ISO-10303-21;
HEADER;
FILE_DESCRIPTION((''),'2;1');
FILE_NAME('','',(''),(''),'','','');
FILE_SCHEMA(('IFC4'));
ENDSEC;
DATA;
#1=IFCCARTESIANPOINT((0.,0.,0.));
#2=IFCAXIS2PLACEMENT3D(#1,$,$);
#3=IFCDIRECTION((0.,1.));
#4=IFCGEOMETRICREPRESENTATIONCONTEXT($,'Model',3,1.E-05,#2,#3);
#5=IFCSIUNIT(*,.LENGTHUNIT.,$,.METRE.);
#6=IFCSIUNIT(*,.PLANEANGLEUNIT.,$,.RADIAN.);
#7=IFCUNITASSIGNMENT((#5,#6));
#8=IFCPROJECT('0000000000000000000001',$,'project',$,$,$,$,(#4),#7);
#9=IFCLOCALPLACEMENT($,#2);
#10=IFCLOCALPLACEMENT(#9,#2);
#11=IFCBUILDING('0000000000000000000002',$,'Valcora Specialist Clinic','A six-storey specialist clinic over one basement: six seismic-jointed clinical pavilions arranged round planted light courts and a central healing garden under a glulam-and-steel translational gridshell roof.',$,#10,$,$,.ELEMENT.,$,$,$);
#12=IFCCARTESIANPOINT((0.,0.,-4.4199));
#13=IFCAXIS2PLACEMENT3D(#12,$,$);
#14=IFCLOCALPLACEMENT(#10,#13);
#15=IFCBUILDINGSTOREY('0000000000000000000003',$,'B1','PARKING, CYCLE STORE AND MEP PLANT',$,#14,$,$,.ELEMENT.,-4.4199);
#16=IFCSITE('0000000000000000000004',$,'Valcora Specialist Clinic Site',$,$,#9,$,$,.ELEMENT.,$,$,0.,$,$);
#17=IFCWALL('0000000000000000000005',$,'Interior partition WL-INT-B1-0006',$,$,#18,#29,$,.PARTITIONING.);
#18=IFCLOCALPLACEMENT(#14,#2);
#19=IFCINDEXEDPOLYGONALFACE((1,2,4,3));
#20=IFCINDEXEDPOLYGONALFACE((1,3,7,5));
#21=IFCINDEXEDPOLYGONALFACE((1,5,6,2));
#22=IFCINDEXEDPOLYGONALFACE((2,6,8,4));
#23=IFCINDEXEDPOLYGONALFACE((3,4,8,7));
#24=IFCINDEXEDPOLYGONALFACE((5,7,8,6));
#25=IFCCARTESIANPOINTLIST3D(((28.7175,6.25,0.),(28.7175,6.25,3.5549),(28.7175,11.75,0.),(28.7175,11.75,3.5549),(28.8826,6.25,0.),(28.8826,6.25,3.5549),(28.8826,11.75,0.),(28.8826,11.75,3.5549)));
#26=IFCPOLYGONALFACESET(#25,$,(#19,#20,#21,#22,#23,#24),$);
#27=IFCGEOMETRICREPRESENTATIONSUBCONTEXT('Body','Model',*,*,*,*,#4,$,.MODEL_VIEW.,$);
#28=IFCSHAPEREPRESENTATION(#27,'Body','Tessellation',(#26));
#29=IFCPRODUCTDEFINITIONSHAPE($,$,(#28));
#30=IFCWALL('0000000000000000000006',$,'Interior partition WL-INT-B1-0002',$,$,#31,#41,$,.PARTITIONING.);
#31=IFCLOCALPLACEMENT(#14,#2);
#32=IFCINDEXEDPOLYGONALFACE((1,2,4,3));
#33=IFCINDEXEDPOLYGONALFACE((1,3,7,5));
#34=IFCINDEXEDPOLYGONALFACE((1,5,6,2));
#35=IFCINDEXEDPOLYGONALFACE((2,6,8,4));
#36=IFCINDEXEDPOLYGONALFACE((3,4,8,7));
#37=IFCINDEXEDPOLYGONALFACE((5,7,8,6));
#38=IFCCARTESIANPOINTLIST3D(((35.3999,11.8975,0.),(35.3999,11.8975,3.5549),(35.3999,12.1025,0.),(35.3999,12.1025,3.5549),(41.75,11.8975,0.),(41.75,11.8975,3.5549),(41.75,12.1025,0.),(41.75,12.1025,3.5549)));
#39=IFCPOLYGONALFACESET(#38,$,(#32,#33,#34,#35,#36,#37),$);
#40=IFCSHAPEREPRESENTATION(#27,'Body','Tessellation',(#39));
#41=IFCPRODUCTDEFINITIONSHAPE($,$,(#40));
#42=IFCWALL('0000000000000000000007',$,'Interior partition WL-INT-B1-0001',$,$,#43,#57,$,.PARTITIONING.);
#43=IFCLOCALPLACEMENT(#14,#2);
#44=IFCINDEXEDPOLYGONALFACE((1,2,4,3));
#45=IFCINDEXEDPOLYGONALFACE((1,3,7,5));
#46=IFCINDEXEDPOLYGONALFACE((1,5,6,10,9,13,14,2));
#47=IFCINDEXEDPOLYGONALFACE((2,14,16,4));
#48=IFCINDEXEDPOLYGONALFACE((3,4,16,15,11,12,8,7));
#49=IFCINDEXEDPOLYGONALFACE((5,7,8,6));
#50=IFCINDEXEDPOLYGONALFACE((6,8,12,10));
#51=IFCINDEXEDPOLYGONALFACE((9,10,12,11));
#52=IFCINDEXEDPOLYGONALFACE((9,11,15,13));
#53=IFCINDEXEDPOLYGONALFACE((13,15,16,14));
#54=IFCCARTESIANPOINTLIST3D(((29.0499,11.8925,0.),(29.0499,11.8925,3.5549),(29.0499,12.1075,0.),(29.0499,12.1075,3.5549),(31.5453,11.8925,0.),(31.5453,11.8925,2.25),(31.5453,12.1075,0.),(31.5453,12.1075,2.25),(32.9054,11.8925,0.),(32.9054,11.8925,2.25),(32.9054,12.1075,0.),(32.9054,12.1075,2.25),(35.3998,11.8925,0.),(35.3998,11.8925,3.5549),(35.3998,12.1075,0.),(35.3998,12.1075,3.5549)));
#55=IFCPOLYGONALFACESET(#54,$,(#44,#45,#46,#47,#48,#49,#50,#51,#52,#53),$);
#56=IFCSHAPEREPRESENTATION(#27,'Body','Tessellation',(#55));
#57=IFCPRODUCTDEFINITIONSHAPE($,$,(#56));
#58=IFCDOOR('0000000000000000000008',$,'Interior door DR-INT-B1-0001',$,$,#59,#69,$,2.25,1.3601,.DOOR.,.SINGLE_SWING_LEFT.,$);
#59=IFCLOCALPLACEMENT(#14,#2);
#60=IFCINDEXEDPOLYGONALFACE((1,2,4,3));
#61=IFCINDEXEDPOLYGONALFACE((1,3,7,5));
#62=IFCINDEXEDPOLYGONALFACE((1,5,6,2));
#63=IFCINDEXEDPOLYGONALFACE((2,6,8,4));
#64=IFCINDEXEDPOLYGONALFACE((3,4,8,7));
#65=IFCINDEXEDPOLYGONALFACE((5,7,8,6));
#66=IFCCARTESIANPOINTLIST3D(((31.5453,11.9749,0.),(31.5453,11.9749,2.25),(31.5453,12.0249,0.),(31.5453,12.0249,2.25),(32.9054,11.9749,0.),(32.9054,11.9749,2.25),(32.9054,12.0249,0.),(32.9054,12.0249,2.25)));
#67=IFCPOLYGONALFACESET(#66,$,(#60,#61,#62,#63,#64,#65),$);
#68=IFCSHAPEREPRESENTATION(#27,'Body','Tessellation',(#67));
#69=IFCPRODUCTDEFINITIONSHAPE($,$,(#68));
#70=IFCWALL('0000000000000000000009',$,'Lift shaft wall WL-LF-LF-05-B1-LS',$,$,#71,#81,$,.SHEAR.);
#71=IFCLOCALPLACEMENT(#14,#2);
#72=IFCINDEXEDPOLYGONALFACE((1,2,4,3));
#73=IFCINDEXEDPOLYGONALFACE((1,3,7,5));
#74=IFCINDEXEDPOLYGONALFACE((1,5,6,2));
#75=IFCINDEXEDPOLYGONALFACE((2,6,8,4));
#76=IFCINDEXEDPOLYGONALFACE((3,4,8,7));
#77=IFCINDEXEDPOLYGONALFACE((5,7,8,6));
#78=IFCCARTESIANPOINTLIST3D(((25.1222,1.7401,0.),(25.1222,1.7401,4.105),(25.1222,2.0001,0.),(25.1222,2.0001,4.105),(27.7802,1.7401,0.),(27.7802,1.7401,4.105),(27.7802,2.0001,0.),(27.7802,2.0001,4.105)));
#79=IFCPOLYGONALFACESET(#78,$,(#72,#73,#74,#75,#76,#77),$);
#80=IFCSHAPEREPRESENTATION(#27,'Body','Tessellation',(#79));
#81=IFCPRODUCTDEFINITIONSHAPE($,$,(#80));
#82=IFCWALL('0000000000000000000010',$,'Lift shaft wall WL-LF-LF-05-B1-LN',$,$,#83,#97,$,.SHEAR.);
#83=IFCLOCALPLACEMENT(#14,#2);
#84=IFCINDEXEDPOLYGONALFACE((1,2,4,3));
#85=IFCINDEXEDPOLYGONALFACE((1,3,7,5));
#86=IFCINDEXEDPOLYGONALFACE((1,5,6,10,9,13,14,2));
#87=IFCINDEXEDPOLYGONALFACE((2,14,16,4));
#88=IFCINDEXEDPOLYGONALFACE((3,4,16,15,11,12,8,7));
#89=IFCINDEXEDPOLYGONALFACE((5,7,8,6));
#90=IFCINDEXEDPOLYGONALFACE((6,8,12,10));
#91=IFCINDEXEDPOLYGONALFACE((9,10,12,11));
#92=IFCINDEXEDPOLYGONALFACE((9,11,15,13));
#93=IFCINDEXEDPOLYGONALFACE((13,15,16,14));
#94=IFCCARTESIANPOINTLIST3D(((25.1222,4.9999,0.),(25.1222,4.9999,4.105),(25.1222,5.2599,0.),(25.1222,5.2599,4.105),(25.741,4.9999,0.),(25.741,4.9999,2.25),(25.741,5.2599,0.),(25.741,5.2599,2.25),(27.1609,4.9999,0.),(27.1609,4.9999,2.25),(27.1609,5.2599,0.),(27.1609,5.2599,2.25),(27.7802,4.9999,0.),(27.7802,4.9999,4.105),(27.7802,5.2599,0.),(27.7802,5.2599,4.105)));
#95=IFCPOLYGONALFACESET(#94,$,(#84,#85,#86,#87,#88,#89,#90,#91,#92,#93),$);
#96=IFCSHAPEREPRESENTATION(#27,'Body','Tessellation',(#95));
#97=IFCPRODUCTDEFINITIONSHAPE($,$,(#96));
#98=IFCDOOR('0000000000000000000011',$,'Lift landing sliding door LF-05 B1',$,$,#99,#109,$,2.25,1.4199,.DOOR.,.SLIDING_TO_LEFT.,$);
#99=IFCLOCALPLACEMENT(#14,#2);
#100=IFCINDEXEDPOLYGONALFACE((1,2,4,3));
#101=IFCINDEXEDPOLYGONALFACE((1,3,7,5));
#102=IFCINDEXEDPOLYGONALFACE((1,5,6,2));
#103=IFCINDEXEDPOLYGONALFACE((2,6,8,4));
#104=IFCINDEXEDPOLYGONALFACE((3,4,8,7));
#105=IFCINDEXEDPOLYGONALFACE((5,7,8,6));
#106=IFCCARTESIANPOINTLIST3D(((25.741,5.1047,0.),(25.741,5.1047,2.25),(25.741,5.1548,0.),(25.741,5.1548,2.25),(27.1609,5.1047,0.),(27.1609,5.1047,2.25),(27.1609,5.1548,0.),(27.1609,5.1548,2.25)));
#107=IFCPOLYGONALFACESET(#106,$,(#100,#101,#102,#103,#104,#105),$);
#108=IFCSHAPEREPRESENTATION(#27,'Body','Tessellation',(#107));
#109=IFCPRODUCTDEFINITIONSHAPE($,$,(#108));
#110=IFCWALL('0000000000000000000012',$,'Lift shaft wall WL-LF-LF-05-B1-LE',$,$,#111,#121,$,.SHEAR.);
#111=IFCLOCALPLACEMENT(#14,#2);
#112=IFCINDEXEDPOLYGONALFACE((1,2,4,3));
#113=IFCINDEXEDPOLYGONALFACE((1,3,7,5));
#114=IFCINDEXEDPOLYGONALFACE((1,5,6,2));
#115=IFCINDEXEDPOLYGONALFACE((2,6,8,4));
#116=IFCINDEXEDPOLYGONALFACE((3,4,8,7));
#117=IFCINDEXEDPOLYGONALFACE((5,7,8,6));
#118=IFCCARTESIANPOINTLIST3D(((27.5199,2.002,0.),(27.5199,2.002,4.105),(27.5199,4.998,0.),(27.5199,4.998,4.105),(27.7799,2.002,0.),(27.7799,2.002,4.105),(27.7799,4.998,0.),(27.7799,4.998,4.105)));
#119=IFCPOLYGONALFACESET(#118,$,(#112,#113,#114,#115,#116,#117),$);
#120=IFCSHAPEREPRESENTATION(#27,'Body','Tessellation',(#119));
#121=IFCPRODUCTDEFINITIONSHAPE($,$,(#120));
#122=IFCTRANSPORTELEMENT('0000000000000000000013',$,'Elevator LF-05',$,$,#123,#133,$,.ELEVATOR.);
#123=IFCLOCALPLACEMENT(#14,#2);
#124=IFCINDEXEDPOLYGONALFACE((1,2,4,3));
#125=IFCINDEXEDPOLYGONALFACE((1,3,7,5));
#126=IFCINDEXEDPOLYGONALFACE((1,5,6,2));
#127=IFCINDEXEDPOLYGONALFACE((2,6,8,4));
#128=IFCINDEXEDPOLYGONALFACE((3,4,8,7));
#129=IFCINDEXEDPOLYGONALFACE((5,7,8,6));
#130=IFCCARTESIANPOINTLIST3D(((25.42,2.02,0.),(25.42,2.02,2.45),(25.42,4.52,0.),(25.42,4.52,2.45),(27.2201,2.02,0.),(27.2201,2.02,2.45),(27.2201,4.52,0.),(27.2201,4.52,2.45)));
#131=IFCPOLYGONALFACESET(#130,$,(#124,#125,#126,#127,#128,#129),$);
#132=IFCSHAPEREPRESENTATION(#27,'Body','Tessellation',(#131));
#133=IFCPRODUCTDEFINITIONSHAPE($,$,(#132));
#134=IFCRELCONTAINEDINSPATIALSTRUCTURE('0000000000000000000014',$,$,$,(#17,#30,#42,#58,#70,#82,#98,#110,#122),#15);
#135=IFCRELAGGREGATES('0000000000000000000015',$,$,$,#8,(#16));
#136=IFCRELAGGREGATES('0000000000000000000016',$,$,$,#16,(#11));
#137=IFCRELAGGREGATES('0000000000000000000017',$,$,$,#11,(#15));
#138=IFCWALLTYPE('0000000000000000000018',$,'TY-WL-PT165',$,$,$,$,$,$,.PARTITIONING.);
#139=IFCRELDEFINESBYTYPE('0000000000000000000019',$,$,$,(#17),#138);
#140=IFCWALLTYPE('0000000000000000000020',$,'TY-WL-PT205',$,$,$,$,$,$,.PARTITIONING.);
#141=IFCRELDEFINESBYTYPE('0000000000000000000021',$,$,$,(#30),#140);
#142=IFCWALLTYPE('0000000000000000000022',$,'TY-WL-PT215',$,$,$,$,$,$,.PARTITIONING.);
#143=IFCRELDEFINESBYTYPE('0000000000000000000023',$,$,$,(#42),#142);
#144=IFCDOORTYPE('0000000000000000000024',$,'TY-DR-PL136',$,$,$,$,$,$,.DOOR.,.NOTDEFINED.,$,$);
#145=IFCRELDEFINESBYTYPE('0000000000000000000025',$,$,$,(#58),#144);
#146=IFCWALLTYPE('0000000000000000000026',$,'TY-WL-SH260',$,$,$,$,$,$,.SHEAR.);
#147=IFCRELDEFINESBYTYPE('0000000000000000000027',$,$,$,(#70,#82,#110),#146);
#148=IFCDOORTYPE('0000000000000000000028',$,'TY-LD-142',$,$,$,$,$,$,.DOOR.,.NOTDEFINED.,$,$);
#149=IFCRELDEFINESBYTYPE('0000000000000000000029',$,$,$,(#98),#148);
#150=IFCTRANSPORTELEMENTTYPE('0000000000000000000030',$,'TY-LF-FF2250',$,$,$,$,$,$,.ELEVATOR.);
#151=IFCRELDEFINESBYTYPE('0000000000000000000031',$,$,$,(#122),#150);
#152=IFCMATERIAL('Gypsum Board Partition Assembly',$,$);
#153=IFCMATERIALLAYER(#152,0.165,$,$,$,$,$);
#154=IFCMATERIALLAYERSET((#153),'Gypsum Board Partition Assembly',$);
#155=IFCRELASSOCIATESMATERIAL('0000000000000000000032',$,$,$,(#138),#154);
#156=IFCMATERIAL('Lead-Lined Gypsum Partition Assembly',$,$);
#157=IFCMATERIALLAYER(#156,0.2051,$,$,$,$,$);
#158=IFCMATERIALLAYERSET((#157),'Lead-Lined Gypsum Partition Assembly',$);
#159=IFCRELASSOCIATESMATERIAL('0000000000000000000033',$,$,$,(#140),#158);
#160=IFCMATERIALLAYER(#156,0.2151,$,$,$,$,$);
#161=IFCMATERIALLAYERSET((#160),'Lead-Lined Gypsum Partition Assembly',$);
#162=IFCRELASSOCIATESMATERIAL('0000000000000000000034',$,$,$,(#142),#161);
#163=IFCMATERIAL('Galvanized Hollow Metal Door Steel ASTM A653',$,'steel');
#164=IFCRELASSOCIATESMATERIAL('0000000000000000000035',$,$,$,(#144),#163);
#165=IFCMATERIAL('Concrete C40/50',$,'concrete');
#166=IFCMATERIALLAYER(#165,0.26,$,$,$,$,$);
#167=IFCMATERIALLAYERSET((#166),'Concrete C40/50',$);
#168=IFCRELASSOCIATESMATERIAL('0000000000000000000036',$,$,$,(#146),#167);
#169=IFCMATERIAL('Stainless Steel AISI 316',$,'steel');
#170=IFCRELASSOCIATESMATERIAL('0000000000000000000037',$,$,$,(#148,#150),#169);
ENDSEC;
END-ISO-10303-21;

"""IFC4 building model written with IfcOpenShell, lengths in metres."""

from ifc_helpers import new_model, si_unit, direction, frame, frame_2d, origin, origin_2d, place, context, subcontext, project, spatial, rectangle, extrude, material, layer, layer_set, type_object, element, fill, save


model = new_model("IFC4")

# Units and contexts
model_context = context("Model", 3, precision=1e-05, world=origin(), true_north=direction((0.0, 1.0)))
body_context = subcontext(model_context, "Body", "Model", "MODEL_VIEW")
ifc_project = project(units=[si_unit("LENGTHUNIT", "METRE"), si_unit("PLANEANGLEUNIT", "RADIAN")], contexts=[model_context])

# Site, building, storey
site_placement = place(None, origin())
site = spatial("IfcSite", under=ifc_project, at=site_placement, Name="Valcora Specialist Clinic Site", CompositionType="ELEMENT", RefElevation=0.0)
building_placement = place(site_placement, origin())
building = spatial("IfcBuilding", under=site, at=building_placement, Name="Valcora Specialist Clinic", Description="A six-storey specialist clinic over one basement: six seismic-jointed clinical pavilions arranged round planted light courts and a central healing garden under a glulam-and-steel translational gridshell roof.", CompositionType="ELEMENT")
storey_placement = place(building_placement, frame((0.0, 0.0, -4.4199)))
storey = spatial("IfcBuildingStorey", under=building, at=storey_placement, Name="B1", Description="PARKING, CYCLE STORE AND MEP PLANT", CompositionType="ELEMENT", Elevation=-4.4199)

# Shared definitions
ifc_material_1 = material(Name="Concrete C40/50", Category="concrete")

# Shared definitions
ifc_material_2 = material(Name="Galvanized Hollow Metal Door Steel ASTM A653", Category="steel")

# Walls
ifc_material_3 = material(Name="Gypsum Board Partition Assembly")
ifc_layer_1 = layer(ifc_material_3, 0.165)
ifc_layer_set_1 = layer_set([ifc_layer_1], Name="Gypsum Board Partition Assembly")
wall_type_1 = type_object("IfcWallType", Name="TY-WL-PT165", PredefinedType="PARTITIONING", material=ifc_layer_set_1)
wall_1_placement = place(storey_placement, frame((28.8, 6.25, 0.0), z_axis=(0.0, 0.0, 1.0), x_axis=(0.0, 1.0, 0.0)))
element("IfcWall", 1, at=wall_1_placement, inside=storey, type_object=wall_type_1, Name="Interior partition WL-INT-B1-0006", PredefinedType="PARTITIONING", context=body_context, shape_type="SweptSolid", body=[
    extrude(rectangle(XDim=5.5, YDim=0.165, at=frame_2d((2.75, 0.0))), origin(), (0.0, 0.0, 1.0), 3.5549),
])
ifc_material_4 = material(Name="Lead-Lined Gypsum Partition Assembly")
ifc_layer_2 = layer(ifc_material_4, 0.2051)
ifc_layer_set_2 = layer_set([ifc_layer_2], Name="Lead-Lined Gypsum Partition Assembly")
wall_type_2 = type_object("IfcWallType", Name="TY-WL-PT205", PredefinedType="PARTITIONING", material=ifc_layer_set_2)
wall_2_placement = place(storey_placement, frame((35.3999, 12.0, 0.0), z_axis=(0.0, 0.0, 1.0), x_axis=(1.0, 0.0, 0.0)))
element("IfcWall", 2, at=wall_2_placement, inside=storey, type_object=wall_type_2, Name="Interior partition WL-INT-B1-0002", PredefinedType="PARTITIONING", context=body_context, shape_type="SweptSolid", body=[
    extrude(rectangle(XDim=6.3501, YDim=0.2051, at=frame_2d((3.175, 0.0))), origin(), (0.0, 0.0, 1.0), 3.5549),
])

# Wall, opening, door
ifc_layer_3 = layer(ifc_material_4, 0.2151)
ifc_layer_set_3 = layer_set([ifc_layer_3], Name="Lead-Lined Gypsum Partition Assembly")
wall_type_3 = type_object("IfcWallType", Name="TY-WL-PT215", PredefinedType="PARTITIONING", material=ifc_layer_set_3)
wall_3_placement = place(storey_placement, frame((29.05, 12.0, 0.0), z_axis=(0.0, 0.0, 1.0), x_axis=(1.0, 0.0, 0.0)))
wall_3 = element("IfcWall", 3, at=wall_3_placement, inside=storey, type_object=wall_type_3, Name="Interior partition WL-INT-B1-0001", PredefinedType="PARTITIONING", context=body_context, shape_type="SweptSolid", body=[
    extrude(rectangle(XDim=6.3499, YDim=0.2151, at=frame_2d((3.1748, 0.0))), origin(), (0.0, 0.0, 1.0), 3.5549),
])
opening_1_placement = place(wall_3_placement, frame((2.4951, 0.0, 0.0)))
opening_1 = element("IfcOpeningElement", 4, at=opening_1_placement, cuts=wall_3, PredefinedType="OPENING", context=body_context, shape_type="SweptSolid", body=[
    extrude(rectangle(XDim=1.3601, YDim=2.25, at=frame_2d((0.6802, 1.125))), frame((0.0, 0.1174, 0.0), z_axis=(0.0, -1.0, 0.0), x_axis=(1.0, 0.0, 0.0)), (0.0, 0.0, 1.0), 0.2351),
])
door_type_1 = type_object("IfcDoorType", Name="TY-DR-PL136", OperationType="NOTDEFINED", PredefinedType="DOOR", material=ifc_material_2)
door_1_placement = place(opening_1_placement, origin())
door_1 = element("IfcDoor", 5, at=door_1_placement, inside=storey, type_object=door_type_1, Name="Interior door DR-INT-B1-0001", OperationType="SINGLE_SWING_LEFT", OverallHeight=2.25, OverallWidth=1.3601, PredefinedType="DOOR", context=body_context, shape_type="SweptSolid", body=[
    extrude(rectangle(XDim=1.3601, YDim=2.25, at=frame_2d((0.6802, 1.125))), frame((0.0, 0.0249, 0.0), z_axis=(0.0, -1.0, 0.0), x_axis=(1.0, 0.0, 0.0)), (0.0, 0.0, 1.0), 0.05),
])
fill(opening_1, door_1)

# Wall
ifc_layer_4 = layer(ifc_material_1, 0.26)
ifc_layer_set_4 = layer_set([ifc_layer_4], Name="Concrete C40/50")
wall_type_4 = type_object("IfcWallType", Name="TY-WL-SH260", PredefinedType="SHEAR", material=ifc_layer_set_4)
wall_4_placement = place(storey_placement, frame((25.1221, 1.8701, 0.0), z_axis=(0.0, 0.0, 1.0), x_axis=(1.0, 0.0, 0.0)))
element("IfcWall", 6, at=wall_4_placement, inside=storey, type_object=wall_type_4, Name="Lift shaft wall WL-LF-LF-05-B1-LS", PredefinedType="SHEAR", context=body_context, shape_type="SweptSolid", body=[
    extrude(rectangle(XDim=2.658, YDim=0.26, at=frame_2d((1.3291, 0.0))), origin(), (0.0, 0.0, 1.0), 4.105),
])

# Wall, opening, door
wall_5_placement = place(storey_placement, frame((25.1221, 5.1299, 0.0), z_axis=(0.0, 0.0, 1.0), x_axis=(1.0, 0.0, 0.0)))
wall_5 = element("IfcWall", 7, at=wall_5_placement, inside=storey, type_object=wall_type_4, Name="Lift shaft wall WL-LF-LF-05-B1-LN", PredefinedType="SHEAR", context=body_context, shape_type="SweptSolid", body=[
    extrude(rectangle(XDim=2.658, YDim=0.26, at=frame_2d((1.3291, 0.0))), origin(), (0.0, 0.0, 1.0), 4.105),
])
opening_2_placement = place(wall_5_placement, frame((0.6189, 0.0, 0.0)))
opening_2 = element("IfcOpeningElement", 8, at=opening_2_placement, cuts=wall_5, PredefinedType="OPENING", context=body_context, shape_type="SweptSolid", body=[
    extrude(rectangle(XDim=1.4199, YDim=2.25, at=frame_2d((0.71, 1.125))), frame((0.0, 0.1399, 0.0), z_axis=(0.0, -1.0, 0.0), x_axis=(1.0, 0.0, 0.0)), (0.0, 0.0, 1.0), 0.28),
])
ifc_material_5 = material(Name="Stainless Steel AISI 316", Category="steel")
door_type_2 = type_object("IfcDoorType", Name="TY-LD-142", OperationType="NOTDEFINED", PredefinedType="DOOR", material=ifc_material_5)
door_2_placement = place(opening_2_placement, origin())
door_2 = element("IfcDoor", 9, at=door_2_placement, inside=storey, type_object=door_type_2, Name="Lift landing sliding door LF-05 B1", OperationType="SLIDING_TO_LEFT", OverallHeight=2.25, OverallWidth=1.4199, PredefinedType="DOOR", context=body_context, shape_type="SweptSolid", body=[
    extrude(rectangle(XDim=1.4199, YDim=2.25, at=frame_2d((0.71, 1.125))), frame((0.0, 0.0249, 0.0), z_axis=(0.0, -1.0, 0.0), x_axis=(1.0, 0.0, 0.0)), (0.0, 0.0, 1.0), 0.05),
])
fill(opening_2, door_2)

# Wall
wall_6_placement = place(storey_placement, frame((27.6499, 2.002, 0.0), z_axis=(0.0, 0.0, 1.0), x_axis=(0.0, 1.0, 0.0)))
element("IfcWall", 10, at=wall_6_placement, inside=storey, type_object=wall_type_4, Name="Lift shaft wall WL-LF-LF-05-B1-LE", PredefinedType="SHEAR", context=body_context, shape_type="SweptSolid", body=[
    extrude(rectangle(XDim=2.9961, YDim=0.26, at=frame_2d((1.498, 0.0))), origin(), (0.0, 0.0, 1.0), 4.105),
])

# Transport element
transport_element_type = type_object("IfcTransportElementType", Name="TY-LF-FF2250", PredefinedType="ELEVATOR", material=ifc_material_5)
transport_element_placement = place(storey_placement, frame((26.3201, 3.27, 0.0), z_axis=(0.0, 0.0, 1.0), x_axis=(1.0, 0.0, 0.0)))
element("IfcTransportElement", 11, at=transport_element_placement, inside=storey, type_object=transport_element_type, Name="Elevator LF-05", PredefinedType="ELEVATOR", context=body_context, shape_type="SweptSolid", body=[
    extrude(rectangle(XDim=1.8, YDim=2.5, at=origin_2d()), origin(), (0.0, 0.0, 1.0), 2.45),
])

save(model, "model.ifc")
